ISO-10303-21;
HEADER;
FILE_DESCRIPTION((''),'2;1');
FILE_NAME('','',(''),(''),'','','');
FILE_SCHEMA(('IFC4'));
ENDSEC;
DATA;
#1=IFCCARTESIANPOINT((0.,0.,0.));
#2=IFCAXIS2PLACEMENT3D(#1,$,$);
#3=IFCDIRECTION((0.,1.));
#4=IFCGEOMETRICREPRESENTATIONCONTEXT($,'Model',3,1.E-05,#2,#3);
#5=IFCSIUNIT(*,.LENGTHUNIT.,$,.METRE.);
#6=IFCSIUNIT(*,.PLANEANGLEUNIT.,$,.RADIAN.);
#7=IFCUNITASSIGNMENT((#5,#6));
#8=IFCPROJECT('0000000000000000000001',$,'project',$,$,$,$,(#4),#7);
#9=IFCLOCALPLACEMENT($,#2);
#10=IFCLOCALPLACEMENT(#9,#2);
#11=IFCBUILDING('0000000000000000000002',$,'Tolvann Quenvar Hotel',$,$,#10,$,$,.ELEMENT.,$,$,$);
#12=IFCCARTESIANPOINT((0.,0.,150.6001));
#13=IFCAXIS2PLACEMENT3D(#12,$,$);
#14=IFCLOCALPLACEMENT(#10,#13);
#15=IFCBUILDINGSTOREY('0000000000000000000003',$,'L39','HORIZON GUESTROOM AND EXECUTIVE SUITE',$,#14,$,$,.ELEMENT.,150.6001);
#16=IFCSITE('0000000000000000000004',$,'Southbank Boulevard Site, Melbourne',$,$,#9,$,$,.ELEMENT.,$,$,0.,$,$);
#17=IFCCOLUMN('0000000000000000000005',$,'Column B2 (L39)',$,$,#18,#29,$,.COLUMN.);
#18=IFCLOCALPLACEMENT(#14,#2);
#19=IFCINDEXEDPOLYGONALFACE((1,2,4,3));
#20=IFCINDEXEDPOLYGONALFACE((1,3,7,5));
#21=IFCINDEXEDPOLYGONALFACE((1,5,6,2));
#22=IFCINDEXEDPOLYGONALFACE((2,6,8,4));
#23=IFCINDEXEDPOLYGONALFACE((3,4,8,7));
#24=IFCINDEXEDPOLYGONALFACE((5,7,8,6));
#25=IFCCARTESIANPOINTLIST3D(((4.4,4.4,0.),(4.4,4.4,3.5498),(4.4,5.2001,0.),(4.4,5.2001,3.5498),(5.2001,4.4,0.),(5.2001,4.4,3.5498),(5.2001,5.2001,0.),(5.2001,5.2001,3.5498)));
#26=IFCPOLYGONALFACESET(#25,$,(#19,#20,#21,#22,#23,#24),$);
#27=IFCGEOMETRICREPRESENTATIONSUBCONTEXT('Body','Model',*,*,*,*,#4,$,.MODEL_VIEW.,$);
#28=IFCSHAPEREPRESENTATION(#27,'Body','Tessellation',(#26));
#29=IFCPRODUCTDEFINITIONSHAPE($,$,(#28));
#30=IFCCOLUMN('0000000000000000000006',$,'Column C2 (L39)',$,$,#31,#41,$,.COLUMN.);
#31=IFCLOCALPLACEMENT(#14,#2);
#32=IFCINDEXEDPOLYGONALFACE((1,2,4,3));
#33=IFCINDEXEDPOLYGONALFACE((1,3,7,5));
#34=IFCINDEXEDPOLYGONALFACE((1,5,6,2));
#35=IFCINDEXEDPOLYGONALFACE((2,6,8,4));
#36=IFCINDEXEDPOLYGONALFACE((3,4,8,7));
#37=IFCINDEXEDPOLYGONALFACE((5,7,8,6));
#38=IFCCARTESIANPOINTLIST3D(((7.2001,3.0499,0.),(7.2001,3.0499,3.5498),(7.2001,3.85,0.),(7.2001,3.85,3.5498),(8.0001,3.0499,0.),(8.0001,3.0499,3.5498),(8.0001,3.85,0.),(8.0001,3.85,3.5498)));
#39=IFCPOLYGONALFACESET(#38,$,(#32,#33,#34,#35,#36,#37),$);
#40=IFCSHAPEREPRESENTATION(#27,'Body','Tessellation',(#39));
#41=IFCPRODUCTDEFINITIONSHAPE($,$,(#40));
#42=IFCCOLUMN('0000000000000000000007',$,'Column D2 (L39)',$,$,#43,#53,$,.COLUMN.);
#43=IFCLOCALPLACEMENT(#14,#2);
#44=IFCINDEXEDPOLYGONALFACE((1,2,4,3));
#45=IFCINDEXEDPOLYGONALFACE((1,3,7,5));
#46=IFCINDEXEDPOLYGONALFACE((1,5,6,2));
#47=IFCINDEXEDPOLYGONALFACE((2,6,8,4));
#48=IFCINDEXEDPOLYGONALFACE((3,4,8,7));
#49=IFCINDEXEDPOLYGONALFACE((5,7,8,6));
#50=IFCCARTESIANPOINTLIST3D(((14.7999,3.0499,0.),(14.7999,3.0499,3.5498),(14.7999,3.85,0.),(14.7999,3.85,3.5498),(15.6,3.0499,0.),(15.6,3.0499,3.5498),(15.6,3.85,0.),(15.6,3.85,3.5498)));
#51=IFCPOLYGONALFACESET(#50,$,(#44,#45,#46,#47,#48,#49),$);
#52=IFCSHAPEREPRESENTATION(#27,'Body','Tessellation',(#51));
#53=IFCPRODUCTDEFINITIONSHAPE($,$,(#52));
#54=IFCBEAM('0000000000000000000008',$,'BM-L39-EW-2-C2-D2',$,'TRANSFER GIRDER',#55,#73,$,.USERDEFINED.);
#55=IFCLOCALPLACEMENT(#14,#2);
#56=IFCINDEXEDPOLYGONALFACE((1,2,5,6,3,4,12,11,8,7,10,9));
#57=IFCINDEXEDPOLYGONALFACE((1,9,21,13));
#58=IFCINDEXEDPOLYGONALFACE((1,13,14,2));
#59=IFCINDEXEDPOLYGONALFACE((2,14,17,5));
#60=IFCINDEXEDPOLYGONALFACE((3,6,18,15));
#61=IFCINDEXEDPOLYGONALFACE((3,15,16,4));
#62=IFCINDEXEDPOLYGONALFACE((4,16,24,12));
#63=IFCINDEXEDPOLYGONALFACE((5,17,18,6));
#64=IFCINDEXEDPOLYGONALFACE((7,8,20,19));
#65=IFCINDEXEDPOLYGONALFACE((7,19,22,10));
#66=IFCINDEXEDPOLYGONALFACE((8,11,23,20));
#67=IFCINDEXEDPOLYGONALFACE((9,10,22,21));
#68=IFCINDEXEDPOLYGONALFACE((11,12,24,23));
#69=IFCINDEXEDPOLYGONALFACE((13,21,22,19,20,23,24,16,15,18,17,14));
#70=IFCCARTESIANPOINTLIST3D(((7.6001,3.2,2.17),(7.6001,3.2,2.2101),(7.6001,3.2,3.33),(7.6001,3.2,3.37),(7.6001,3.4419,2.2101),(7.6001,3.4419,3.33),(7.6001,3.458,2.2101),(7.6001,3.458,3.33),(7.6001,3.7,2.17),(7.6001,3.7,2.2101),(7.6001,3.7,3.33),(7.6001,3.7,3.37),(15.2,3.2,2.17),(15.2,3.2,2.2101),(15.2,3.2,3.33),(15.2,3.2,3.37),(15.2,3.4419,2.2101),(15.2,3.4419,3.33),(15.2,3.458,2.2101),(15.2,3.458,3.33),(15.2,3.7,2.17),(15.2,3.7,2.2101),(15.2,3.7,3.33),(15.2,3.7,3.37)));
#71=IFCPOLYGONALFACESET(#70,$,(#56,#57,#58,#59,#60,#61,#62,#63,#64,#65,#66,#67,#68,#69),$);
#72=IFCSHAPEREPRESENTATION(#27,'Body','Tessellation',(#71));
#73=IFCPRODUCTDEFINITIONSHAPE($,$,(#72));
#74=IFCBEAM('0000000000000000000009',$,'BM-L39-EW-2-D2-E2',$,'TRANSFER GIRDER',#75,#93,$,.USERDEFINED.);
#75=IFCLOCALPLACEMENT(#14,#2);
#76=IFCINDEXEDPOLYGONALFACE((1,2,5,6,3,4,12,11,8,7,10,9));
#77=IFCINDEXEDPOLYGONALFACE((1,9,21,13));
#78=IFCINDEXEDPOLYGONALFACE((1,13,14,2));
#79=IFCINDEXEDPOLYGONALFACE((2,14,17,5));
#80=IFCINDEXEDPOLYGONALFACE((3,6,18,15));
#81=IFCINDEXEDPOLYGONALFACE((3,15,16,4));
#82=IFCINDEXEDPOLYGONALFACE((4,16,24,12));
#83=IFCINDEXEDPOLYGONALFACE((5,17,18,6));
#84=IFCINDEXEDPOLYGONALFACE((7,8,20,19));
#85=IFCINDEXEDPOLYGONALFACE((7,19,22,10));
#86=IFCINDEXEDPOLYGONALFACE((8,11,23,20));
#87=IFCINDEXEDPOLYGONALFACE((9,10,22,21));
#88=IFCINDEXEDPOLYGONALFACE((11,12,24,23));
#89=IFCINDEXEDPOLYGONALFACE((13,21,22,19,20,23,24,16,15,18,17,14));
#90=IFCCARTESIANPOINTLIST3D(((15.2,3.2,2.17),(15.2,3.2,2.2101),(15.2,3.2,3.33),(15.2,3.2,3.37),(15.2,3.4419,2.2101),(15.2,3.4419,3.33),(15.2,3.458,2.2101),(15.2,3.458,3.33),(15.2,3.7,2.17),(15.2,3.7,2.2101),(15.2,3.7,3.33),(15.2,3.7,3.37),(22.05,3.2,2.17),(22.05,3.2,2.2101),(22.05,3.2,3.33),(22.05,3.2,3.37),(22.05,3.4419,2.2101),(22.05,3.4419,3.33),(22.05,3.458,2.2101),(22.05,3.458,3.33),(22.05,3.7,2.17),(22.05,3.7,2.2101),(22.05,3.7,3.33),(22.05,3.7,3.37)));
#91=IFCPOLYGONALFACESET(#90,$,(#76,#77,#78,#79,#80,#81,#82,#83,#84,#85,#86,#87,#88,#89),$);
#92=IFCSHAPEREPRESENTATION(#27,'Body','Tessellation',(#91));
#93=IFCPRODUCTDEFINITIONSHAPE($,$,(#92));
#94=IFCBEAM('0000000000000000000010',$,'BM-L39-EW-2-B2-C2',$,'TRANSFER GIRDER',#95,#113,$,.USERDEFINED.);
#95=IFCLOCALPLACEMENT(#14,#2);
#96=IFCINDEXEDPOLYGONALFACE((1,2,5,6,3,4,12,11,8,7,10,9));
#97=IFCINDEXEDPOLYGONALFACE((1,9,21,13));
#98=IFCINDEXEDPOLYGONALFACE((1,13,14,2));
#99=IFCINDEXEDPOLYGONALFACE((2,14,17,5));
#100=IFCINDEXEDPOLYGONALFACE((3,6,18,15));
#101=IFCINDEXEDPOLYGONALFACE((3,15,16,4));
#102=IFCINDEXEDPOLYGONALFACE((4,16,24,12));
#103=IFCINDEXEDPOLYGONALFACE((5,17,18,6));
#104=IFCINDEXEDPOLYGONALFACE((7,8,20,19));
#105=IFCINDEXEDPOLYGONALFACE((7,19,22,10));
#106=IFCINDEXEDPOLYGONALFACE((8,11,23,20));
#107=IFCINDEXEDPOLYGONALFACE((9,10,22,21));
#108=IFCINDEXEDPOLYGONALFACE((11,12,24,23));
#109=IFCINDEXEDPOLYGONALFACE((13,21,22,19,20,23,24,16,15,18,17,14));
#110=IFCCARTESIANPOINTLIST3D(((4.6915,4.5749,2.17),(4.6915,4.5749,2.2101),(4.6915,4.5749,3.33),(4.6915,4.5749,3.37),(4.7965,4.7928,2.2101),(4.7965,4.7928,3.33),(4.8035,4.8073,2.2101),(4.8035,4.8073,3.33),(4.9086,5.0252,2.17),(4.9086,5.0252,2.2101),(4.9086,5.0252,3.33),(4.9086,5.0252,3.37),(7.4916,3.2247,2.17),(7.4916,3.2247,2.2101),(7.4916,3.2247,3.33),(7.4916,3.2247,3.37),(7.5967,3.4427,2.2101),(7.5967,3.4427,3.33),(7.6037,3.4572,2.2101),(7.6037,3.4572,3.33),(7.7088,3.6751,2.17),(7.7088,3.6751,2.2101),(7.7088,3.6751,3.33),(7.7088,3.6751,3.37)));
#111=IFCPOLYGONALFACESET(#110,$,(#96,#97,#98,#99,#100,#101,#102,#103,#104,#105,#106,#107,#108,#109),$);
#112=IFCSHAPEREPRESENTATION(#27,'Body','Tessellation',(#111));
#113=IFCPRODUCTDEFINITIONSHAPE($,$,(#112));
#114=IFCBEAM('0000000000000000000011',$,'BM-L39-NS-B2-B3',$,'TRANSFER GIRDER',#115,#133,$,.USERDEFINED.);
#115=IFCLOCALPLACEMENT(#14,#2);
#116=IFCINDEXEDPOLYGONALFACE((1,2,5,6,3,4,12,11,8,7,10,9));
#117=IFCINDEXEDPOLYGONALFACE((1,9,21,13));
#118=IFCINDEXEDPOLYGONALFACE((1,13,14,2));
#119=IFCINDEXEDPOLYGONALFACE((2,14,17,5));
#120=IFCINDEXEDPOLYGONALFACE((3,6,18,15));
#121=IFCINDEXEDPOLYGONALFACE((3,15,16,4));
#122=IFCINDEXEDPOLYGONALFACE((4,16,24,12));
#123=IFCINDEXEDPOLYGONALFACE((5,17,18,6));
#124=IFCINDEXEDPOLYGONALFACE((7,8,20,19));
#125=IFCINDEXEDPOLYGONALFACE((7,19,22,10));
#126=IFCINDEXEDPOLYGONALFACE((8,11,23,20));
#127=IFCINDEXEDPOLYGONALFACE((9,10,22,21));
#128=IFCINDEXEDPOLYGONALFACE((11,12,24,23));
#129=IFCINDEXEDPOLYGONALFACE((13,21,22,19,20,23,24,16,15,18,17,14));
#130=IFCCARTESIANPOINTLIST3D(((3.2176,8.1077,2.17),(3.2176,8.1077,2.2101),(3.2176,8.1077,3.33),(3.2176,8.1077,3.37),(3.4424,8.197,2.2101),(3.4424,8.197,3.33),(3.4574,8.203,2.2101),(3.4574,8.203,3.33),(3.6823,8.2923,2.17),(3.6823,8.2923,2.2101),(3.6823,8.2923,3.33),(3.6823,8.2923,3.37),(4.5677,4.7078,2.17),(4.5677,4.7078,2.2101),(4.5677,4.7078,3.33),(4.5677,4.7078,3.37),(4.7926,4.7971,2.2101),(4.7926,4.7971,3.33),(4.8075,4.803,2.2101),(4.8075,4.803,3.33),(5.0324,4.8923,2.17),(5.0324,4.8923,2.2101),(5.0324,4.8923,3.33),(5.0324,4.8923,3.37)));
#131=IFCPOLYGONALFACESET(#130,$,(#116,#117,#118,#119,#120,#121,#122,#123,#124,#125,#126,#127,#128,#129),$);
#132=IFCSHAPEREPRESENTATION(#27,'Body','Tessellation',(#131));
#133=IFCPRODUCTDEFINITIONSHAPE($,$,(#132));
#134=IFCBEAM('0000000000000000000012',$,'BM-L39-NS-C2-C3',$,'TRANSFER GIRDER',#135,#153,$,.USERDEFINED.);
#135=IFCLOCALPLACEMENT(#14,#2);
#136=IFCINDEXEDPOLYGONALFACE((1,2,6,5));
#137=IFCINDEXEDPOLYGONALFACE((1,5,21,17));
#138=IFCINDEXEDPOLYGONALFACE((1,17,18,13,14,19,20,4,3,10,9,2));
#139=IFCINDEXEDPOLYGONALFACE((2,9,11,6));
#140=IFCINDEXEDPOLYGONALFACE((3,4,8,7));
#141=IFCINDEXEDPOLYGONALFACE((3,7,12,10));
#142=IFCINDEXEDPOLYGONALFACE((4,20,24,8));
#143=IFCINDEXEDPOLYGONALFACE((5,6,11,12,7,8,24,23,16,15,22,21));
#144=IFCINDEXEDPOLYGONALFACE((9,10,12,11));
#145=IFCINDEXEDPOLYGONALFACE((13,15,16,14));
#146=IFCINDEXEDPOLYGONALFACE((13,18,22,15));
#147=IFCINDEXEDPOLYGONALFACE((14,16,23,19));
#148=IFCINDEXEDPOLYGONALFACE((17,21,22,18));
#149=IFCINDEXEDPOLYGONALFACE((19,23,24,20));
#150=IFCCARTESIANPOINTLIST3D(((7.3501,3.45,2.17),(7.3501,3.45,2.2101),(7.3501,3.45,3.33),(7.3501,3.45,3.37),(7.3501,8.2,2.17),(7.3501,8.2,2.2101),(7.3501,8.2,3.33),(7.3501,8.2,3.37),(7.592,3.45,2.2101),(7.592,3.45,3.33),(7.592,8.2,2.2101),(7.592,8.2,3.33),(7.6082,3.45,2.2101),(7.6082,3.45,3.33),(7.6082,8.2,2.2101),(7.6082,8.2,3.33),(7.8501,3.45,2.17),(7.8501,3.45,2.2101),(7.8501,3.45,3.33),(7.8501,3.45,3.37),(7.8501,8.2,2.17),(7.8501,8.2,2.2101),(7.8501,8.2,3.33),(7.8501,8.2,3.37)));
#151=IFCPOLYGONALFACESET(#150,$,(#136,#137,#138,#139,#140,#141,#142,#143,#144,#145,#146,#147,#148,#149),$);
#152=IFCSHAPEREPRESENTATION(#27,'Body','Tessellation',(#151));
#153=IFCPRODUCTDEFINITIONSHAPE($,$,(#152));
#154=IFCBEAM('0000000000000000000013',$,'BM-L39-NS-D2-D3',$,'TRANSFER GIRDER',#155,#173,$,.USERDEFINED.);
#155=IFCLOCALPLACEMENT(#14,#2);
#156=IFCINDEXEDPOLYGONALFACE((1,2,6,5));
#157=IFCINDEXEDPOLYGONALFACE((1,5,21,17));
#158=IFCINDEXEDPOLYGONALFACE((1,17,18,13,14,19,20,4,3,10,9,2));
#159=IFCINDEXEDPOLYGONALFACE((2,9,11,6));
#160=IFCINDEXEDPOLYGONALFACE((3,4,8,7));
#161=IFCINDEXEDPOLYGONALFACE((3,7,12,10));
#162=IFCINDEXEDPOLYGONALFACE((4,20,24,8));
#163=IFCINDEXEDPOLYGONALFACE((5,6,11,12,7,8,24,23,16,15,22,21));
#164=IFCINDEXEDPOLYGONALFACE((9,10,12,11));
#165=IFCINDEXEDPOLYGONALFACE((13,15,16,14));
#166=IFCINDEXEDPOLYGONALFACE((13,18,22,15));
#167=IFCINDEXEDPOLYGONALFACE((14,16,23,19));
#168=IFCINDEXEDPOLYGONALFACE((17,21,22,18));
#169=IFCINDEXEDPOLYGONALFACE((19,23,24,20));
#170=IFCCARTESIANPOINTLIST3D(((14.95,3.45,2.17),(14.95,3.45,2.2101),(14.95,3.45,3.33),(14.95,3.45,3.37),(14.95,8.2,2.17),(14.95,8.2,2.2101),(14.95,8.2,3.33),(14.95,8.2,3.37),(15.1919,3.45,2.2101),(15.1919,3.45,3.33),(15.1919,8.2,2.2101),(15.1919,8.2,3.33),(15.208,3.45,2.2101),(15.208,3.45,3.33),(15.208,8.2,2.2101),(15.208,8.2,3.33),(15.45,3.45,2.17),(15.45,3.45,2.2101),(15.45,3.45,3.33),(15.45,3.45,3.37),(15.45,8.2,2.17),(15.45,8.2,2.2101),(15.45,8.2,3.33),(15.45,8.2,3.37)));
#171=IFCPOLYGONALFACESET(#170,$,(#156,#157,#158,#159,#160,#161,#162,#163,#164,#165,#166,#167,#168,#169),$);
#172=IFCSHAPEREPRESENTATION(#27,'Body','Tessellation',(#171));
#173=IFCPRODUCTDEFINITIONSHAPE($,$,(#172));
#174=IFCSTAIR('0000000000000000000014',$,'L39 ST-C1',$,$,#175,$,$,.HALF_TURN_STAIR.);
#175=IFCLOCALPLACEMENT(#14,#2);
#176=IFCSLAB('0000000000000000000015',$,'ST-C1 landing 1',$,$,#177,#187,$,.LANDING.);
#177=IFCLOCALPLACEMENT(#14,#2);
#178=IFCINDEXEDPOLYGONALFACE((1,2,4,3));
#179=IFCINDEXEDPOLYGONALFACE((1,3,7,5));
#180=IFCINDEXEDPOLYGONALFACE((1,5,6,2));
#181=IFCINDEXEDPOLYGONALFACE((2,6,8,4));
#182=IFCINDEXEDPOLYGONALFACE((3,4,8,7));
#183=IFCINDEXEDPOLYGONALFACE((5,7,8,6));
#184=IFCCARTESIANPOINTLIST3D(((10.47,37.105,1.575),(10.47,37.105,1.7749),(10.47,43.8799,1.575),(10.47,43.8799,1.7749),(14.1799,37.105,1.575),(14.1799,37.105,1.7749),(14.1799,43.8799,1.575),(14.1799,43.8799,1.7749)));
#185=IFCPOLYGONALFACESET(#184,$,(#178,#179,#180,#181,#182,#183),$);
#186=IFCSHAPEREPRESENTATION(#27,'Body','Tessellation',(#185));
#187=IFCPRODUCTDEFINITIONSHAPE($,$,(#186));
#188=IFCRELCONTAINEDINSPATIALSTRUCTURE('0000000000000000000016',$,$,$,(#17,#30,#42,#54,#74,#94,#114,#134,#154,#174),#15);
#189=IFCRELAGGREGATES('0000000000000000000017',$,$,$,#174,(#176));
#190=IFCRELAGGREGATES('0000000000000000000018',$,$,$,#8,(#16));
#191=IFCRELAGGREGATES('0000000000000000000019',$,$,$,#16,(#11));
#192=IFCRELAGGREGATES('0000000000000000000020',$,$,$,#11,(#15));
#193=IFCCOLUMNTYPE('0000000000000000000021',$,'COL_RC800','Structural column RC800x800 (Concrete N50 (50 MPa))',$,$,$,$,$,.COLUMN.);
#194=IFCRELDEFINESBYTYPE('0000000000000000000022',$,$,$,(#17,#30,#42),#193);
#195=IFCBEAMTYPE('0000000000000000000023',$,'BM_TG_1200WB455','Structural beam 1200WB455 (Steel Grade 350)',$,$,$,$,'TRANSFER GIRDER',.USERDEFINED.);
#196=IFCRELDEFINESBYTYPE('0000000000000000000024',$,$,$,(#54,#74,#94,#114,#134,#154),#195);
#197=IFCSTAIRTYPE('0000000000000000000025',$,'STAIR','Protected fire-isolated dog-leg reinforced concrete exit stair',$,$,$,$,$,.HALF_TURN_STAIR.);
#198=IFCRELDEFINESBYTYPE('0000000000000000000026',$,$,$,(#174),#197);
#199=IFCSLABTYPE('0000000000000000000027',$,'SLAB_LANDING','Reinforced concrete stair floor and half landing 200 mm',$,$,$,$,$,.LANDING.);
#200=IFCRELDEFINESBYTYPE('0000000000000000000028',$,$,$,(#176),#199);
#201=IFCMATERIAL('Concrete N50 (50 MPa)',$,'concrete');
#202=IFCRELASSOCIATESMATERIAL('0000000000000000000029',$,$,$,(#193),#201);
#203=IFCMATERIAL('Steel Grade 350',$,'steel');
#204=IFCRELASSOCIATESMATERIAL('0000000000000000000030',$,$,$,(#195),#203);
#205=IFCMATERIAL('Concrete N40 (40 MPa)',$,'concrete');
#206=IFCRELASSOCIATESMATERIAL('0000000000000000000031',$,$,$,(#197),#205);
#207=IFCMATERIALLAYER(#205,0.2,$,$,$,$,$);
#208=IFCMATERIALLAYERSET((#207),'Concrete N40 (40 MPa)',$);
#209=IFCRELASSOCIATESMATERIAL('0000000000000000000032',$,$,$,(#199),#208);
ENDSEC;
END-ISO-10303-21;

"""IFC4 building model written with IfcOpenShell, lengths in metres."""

from ifc_helpers import new_model, si_unit, direction, frame, origin, origin_2d, place, context, subcontext, project, spatial, polyline, rectangle, i_section, outline, extrude, source, transform, mapped, material, layer, layer_set, material_profile, profile_set, type_object, type_shapes, element, aggregate, save


model = new_model("IFC4")

# Units and contexts
model_context = context("Model", 3, precision=1e-05, world=origin(), true_north=direction((0.0, 1.0)))
body_context = subcontext(model_context, "Body", "Model", "MODEL_VIEW")
ifc_project = project(units=[si_unit("LENGTHUNIT", "METRE"), si_unit("PLANEANGLEUNIT", "RADIAN")], contexts=[model_context])

# Site, building, storey
site_placement = place(None, origin())
site = spatial("IfcSite", under=ifc_project, at=site_placement, Name="Southbank Boulevard Site, Melbourne", CompositionType="ELEMENT", RefElevation=0.0)
building_placement = place(site_placement, origin())
building = spatial("IfcBuilding", under=site, at=building_placement, Name="Tolvann Quenvar Hotel", CompositionType="ELEMENT")
storey_placement = place(building_placement, frame((0.0, 0.0, 150.6001)))
storey = spatial("IfcBuildingStorey", under=building, at=storey_placement, Name="L39", Description="HORIZON GUESTROOM AND EXECUTIVE SUITE", CompositionType="ELEMENT", Elevation=150.6001)

# Columns
ifc_material_1 = material(Name="Concrete N50 (50 MPa)", Category="concrete")
ifc_material_profile_1 = material_profile(ifc_material_1, rectangle(XDim=0.8, YDim=0.8, at=origin_2d()), Name="RC800x800")
ifc_profile_set_1 = profile_set([ifc_material_profile_1], Name="Concrete N50 (50 MPa)")
column_type = type_object("IfcColumnType", Name="COL_RC800", Description="Structural column RC800x800 (Concrete N50 (50 MPa))", PredefinedType="COLUMN", material=ifc_profile_set_1)
shared_shape_1 = source(origin(), body_context, "Body", "SweptSolid", [
    extrude(rectangle(XDim=0.8, YDim=0.8, at=origin_2d()), origin(), (0.0, 0.0, 1.0), 3.5498),
])
type_shapes(column_type, [shared_shape_1])
for number, where, z_axis, x_axis, name in (
    (1, (4.8, 4.8, 0.0), (0.0, 0.0, 1.0), (1.0, 0.0, 0.0), "Column B2 (L39)"),
    (2, (7.6001, 3.45, 0.0), (0.0, 0.0, 1.0), (1.0, 0.0, 0.0), "Column C2 (L39)"),
    (3, (15.2, 3.45, 0.0), (0.0, 0.0, 1.0), (1.0, 0.0, 0.0), "Column D2 (L39)"),
):
    element("IfcColumn", number, at=place(storey_placement, frame(where, z_axis=z_axis, x_axis=x_axis)), inside=storey, type_object=column_type, Name=name, PredefinedType="COLUMN", context=body_context, shape_type="MappedRepresentation", body=[
        mapped(shared_shape_1, transform((0.0, 0.0, 0.0), x_axis=(1.0, 0.0, 0.0), y_axis=(0.0, 1.0, 0.0), z_axis=(0.0, 0.0, 1.0), scale=1.0)),
    ])

# Beams
ifc_material_2 = material(Name="Steel Grade 350", Category="steel")
ifc_material_profile_2 = material_profile(ifc_material_2, i_section(OverallWidth=0.5, OverallDepth=1.2, WebThickness=0.0161, FlangeThickness=0.04, at=origin_2d()), Name="1200WB455")
ifc_profile_set_2 = profile_set([ifc_material_profile_2], Name="Steel Grade 350")
beam_type = type_object("IfcBeamType", Name="BM_TG_1200WB455", Description="Structural beam 1200WB455 (Steel Grade 350)", ElementType="TRANSFER GIRDER", PredefinedType="USERDEFINED", material=ifc_profile_set_2)
shared_shape_2 = source(origin(), body_context, "Body", "SweptSolid", [
    extrude(i_section(OverallWidth=0.5, OverallDepth=1.2, WebThickness=0.0161, FlangeThickness=0.04, at=origin_2d()), origin(), (0.0, 0.0, 1.0), 7.5999),
])
beam_1_placement = place(storey_placement, frame((7.6001, 3.45, 2.77), z_axis=(1.0, 0.0, 0.0), x_axis=(0.0, 1.0, 0.0)))
element("IfcBeam", 4, at=beam_1_placement, inside=storey, type_object=beam_type, Name="BM-L39-EW-2-C2-D2", ObjectType="TRANSFER GIRDER", PredefinedType="USERDEFINED", context=body_context, shape_type="MappedRepresentation", body=[
    mapped(shared_shape_2, transform((0.0, 0.0, 0.0), x_axis=(1.0, 0.0, 0.0), y_axis=(0.0, 1.0, 0.0), z_axis=(0.0, 0.0, 1.0), scale=1.0)),
])
shared_shape_3 = source(origin(), body_context, "Body", "SweptSolid", [
    extrude(i_section(OverallWidth=0.5, OverallDepth=1.2, WebThickness=0.0161, FlangeThickness=0.04, at=origin_2d()), origin(), (0.0, 0.0, 1.0), 6.8501),
])
beam_2_placement = place(storey_placement, frame((15.2, 3.45, 2.77), z_axis=(1.0, 0.0, 0.0), x_axis=(0.0, 1.0, 0.0)))
element("IfcBeam", 5, at=beam_2_placement, inside=storey, type_object=beam_type, Name="BM-L39-EW-2-D2-E2", ObjectType="TRANSFER GIRDER", PredefinedType="USERDEFINED", context=body_context, shape_type="MappedRepresentation", body=[
    mapped(shared_shape_3, transform((0.0, 0.0, 0.0), x_axis=(1.0, 0.0, 0.0), y_axis=(0.0, 1.0, 0.0), z_axis=(0.0, 0.0, 1.0), scale=1.0)),
])
shared_shape_4 = source(origin(), body_context, "Body", "SweptSolid", [
    extrude(i_section(OverallWidth=0.5, OverallDepth=1.2, WebThickness=0.0161, FlangeThickness=0.04, at=origin_2d()), origin(), (0.0, 0.0, 1.0), 3.1086),
])
beam_3_placement = place(storey_placement, frame((4.8, 4.8, 2.77), z_axis=(0.900759, -0.434319, 0.0), x_axis=(0.434319, 0.900759, 0.0)))
element("IfcBeam", 6, at=beam_3_placement, inside=storey, type_object=beam_type, Name="BM-L39-EW-2-B2-C2", ObjectType="TRANSFER GIRDER", PredefinedType="USERDEFINED", context=body_context, shape_type="MappedRepresentation", body=[
    mapped(shared_shape_4, transform((0.0, 0.0, 0.0), x_axis=(1.0, 0.0, 0.0), y_axis=(0.0, 1.0, 0.0), z_axis=(0.0, 0.0, 1.0), scale=1.0)),
])
shared_shape_5 = source(origin(), body_context, "Body", "SweptSolid", [
    extrude(i_section(OverallWidth=0.5, OverallDepth=1.2, WebThickness=0.0161, FlangeThickness=0.04, at=origin_2d()), origin(), (0.0, 0.0, 1.0), 3.6582),
])
beam_4_placement = place(storey_placement, frame((4.8, 4.8, 2.77), z_axis=(-0.369065, 0.929404, 0.0), x_axis=(-0.929404, -0.369065, 0.0)))
element("IfcBeam", 7, at=beam_4_placement, inside=storey, type_object=beam_type, Name="BM-L39-NS-B2-B3", ObjectType="TRANSFER GIRDER", PredefinedType="USERDEFINED", context=body_context, shape_type="MappedRepresentation", body=[
    mapped(shared_shape_5, transform((0.0, 0.0, 0.0), x_axis=(1.0, 0.0, 0.0), y_axis=(0.0, 1.0, 0.0), z_axis=(0.0, 0.0, 1.0), scale=1.0)),
])
shared_shape_6 = source(origin(), body_context, "Body", "SweptSolid", [
    extrude(i_section(OverallWidth=0.5, OverallDepth=1.2, WebThickness=0.0161, FlangeThickness=0.04, at=origin_2d()), origin(), (0.0, 0.0, 1.0), 4.75),
])
type_shapes(beam_type, [shared_shape_2, shared_shape_3, shared_shape_4, shared_shape_5, shared_shape_6])
for number, where, z_axis, x_axis, name in (
    (8, (7.6001, 3.45, 2.77), (0.0, 1.0, 0.0), (-1.0, 0.0, 0.0), "BM-L39-NS-C2-C3"),
    (9, (15.2, 3.45, 2.77), (0.0, 1.0, 0.0), (-1.0, 0.0, 0.0), "BM-L39-NS-D2-D3"),
):
    element("IfcBeam", number, at=place(storey_placement, frame(where, z_axis=z_axis, x_axis=x_axis)), inside=storey, type_object=beam_type, Name=name, ObjectType="TRANSFER GIRDER", PredefinedType="USERDEFINED", context=body_context, shape_type="MappedRepresentation", body=[
        mapped(shared_shape_6, transform((0.0, 0.0, 0.0), x_axis=(1.0, 0.0, 0.0), y_axis=(0.0, 1.0, 0.0), z_axis=(0.0, 0.0, 1.0), scale=1.0)),
    ])

# Stair, slab
ifc_material_3 = material(Name="Concrete N40 (40 MPa)", Category="concrete")
stair_type = type_object("IfcStairType", Name="STAIR", Description="Protected fire-isolated dog-leg reinforced concrete exit stair", PredefinedType="HALF_TURN_STAIR", material=ifc_material_3)
stair_1_placement = place(storey_placement, origin())
stair_1 = element("IfcStair", 10, at=stair_1_placement, inside=storey, type_object=stair_type, Name="L39 ST-C1", PredefinedType="HALF_TURN_STAIR")
ifc_layer_1 = layer(ifc_material_3, 0.2)
ifc_layer_set_1 = layer_set([ifc_layer_1], Name="Concrete N40 (40 MPa)")
slab_type_1 = type_object("IfcSlabType", Name="SLAB_LANDING", Description="Reinforced concrete stair floor and half landing 200 mm", PredefinedType="LANDING", material=ifc_layer_set_1)
slab_1_placement = place(storey_placement, frame((0.0, 0.0, 1.575)))
slab_1 = element("IfcSlab", 11, at=slab_1_placement, type_object=slab_type_1, Name="ST-C1 landing 1", PredefinedType="LANDING", context=body_context, shape_type="SweptSolid", body=[
    extrude(outline(polyline([(14.1799, 37.105), (14.1799, 43.8799), (10.47, 43.8799), (10.47, 37.105), (14.1799, 37.105)])), origin(), (0.0, 0.0, 1.0), 0.2),
])
aggregate(stair_1, [slab_1])

save(model, "model.ifc")
